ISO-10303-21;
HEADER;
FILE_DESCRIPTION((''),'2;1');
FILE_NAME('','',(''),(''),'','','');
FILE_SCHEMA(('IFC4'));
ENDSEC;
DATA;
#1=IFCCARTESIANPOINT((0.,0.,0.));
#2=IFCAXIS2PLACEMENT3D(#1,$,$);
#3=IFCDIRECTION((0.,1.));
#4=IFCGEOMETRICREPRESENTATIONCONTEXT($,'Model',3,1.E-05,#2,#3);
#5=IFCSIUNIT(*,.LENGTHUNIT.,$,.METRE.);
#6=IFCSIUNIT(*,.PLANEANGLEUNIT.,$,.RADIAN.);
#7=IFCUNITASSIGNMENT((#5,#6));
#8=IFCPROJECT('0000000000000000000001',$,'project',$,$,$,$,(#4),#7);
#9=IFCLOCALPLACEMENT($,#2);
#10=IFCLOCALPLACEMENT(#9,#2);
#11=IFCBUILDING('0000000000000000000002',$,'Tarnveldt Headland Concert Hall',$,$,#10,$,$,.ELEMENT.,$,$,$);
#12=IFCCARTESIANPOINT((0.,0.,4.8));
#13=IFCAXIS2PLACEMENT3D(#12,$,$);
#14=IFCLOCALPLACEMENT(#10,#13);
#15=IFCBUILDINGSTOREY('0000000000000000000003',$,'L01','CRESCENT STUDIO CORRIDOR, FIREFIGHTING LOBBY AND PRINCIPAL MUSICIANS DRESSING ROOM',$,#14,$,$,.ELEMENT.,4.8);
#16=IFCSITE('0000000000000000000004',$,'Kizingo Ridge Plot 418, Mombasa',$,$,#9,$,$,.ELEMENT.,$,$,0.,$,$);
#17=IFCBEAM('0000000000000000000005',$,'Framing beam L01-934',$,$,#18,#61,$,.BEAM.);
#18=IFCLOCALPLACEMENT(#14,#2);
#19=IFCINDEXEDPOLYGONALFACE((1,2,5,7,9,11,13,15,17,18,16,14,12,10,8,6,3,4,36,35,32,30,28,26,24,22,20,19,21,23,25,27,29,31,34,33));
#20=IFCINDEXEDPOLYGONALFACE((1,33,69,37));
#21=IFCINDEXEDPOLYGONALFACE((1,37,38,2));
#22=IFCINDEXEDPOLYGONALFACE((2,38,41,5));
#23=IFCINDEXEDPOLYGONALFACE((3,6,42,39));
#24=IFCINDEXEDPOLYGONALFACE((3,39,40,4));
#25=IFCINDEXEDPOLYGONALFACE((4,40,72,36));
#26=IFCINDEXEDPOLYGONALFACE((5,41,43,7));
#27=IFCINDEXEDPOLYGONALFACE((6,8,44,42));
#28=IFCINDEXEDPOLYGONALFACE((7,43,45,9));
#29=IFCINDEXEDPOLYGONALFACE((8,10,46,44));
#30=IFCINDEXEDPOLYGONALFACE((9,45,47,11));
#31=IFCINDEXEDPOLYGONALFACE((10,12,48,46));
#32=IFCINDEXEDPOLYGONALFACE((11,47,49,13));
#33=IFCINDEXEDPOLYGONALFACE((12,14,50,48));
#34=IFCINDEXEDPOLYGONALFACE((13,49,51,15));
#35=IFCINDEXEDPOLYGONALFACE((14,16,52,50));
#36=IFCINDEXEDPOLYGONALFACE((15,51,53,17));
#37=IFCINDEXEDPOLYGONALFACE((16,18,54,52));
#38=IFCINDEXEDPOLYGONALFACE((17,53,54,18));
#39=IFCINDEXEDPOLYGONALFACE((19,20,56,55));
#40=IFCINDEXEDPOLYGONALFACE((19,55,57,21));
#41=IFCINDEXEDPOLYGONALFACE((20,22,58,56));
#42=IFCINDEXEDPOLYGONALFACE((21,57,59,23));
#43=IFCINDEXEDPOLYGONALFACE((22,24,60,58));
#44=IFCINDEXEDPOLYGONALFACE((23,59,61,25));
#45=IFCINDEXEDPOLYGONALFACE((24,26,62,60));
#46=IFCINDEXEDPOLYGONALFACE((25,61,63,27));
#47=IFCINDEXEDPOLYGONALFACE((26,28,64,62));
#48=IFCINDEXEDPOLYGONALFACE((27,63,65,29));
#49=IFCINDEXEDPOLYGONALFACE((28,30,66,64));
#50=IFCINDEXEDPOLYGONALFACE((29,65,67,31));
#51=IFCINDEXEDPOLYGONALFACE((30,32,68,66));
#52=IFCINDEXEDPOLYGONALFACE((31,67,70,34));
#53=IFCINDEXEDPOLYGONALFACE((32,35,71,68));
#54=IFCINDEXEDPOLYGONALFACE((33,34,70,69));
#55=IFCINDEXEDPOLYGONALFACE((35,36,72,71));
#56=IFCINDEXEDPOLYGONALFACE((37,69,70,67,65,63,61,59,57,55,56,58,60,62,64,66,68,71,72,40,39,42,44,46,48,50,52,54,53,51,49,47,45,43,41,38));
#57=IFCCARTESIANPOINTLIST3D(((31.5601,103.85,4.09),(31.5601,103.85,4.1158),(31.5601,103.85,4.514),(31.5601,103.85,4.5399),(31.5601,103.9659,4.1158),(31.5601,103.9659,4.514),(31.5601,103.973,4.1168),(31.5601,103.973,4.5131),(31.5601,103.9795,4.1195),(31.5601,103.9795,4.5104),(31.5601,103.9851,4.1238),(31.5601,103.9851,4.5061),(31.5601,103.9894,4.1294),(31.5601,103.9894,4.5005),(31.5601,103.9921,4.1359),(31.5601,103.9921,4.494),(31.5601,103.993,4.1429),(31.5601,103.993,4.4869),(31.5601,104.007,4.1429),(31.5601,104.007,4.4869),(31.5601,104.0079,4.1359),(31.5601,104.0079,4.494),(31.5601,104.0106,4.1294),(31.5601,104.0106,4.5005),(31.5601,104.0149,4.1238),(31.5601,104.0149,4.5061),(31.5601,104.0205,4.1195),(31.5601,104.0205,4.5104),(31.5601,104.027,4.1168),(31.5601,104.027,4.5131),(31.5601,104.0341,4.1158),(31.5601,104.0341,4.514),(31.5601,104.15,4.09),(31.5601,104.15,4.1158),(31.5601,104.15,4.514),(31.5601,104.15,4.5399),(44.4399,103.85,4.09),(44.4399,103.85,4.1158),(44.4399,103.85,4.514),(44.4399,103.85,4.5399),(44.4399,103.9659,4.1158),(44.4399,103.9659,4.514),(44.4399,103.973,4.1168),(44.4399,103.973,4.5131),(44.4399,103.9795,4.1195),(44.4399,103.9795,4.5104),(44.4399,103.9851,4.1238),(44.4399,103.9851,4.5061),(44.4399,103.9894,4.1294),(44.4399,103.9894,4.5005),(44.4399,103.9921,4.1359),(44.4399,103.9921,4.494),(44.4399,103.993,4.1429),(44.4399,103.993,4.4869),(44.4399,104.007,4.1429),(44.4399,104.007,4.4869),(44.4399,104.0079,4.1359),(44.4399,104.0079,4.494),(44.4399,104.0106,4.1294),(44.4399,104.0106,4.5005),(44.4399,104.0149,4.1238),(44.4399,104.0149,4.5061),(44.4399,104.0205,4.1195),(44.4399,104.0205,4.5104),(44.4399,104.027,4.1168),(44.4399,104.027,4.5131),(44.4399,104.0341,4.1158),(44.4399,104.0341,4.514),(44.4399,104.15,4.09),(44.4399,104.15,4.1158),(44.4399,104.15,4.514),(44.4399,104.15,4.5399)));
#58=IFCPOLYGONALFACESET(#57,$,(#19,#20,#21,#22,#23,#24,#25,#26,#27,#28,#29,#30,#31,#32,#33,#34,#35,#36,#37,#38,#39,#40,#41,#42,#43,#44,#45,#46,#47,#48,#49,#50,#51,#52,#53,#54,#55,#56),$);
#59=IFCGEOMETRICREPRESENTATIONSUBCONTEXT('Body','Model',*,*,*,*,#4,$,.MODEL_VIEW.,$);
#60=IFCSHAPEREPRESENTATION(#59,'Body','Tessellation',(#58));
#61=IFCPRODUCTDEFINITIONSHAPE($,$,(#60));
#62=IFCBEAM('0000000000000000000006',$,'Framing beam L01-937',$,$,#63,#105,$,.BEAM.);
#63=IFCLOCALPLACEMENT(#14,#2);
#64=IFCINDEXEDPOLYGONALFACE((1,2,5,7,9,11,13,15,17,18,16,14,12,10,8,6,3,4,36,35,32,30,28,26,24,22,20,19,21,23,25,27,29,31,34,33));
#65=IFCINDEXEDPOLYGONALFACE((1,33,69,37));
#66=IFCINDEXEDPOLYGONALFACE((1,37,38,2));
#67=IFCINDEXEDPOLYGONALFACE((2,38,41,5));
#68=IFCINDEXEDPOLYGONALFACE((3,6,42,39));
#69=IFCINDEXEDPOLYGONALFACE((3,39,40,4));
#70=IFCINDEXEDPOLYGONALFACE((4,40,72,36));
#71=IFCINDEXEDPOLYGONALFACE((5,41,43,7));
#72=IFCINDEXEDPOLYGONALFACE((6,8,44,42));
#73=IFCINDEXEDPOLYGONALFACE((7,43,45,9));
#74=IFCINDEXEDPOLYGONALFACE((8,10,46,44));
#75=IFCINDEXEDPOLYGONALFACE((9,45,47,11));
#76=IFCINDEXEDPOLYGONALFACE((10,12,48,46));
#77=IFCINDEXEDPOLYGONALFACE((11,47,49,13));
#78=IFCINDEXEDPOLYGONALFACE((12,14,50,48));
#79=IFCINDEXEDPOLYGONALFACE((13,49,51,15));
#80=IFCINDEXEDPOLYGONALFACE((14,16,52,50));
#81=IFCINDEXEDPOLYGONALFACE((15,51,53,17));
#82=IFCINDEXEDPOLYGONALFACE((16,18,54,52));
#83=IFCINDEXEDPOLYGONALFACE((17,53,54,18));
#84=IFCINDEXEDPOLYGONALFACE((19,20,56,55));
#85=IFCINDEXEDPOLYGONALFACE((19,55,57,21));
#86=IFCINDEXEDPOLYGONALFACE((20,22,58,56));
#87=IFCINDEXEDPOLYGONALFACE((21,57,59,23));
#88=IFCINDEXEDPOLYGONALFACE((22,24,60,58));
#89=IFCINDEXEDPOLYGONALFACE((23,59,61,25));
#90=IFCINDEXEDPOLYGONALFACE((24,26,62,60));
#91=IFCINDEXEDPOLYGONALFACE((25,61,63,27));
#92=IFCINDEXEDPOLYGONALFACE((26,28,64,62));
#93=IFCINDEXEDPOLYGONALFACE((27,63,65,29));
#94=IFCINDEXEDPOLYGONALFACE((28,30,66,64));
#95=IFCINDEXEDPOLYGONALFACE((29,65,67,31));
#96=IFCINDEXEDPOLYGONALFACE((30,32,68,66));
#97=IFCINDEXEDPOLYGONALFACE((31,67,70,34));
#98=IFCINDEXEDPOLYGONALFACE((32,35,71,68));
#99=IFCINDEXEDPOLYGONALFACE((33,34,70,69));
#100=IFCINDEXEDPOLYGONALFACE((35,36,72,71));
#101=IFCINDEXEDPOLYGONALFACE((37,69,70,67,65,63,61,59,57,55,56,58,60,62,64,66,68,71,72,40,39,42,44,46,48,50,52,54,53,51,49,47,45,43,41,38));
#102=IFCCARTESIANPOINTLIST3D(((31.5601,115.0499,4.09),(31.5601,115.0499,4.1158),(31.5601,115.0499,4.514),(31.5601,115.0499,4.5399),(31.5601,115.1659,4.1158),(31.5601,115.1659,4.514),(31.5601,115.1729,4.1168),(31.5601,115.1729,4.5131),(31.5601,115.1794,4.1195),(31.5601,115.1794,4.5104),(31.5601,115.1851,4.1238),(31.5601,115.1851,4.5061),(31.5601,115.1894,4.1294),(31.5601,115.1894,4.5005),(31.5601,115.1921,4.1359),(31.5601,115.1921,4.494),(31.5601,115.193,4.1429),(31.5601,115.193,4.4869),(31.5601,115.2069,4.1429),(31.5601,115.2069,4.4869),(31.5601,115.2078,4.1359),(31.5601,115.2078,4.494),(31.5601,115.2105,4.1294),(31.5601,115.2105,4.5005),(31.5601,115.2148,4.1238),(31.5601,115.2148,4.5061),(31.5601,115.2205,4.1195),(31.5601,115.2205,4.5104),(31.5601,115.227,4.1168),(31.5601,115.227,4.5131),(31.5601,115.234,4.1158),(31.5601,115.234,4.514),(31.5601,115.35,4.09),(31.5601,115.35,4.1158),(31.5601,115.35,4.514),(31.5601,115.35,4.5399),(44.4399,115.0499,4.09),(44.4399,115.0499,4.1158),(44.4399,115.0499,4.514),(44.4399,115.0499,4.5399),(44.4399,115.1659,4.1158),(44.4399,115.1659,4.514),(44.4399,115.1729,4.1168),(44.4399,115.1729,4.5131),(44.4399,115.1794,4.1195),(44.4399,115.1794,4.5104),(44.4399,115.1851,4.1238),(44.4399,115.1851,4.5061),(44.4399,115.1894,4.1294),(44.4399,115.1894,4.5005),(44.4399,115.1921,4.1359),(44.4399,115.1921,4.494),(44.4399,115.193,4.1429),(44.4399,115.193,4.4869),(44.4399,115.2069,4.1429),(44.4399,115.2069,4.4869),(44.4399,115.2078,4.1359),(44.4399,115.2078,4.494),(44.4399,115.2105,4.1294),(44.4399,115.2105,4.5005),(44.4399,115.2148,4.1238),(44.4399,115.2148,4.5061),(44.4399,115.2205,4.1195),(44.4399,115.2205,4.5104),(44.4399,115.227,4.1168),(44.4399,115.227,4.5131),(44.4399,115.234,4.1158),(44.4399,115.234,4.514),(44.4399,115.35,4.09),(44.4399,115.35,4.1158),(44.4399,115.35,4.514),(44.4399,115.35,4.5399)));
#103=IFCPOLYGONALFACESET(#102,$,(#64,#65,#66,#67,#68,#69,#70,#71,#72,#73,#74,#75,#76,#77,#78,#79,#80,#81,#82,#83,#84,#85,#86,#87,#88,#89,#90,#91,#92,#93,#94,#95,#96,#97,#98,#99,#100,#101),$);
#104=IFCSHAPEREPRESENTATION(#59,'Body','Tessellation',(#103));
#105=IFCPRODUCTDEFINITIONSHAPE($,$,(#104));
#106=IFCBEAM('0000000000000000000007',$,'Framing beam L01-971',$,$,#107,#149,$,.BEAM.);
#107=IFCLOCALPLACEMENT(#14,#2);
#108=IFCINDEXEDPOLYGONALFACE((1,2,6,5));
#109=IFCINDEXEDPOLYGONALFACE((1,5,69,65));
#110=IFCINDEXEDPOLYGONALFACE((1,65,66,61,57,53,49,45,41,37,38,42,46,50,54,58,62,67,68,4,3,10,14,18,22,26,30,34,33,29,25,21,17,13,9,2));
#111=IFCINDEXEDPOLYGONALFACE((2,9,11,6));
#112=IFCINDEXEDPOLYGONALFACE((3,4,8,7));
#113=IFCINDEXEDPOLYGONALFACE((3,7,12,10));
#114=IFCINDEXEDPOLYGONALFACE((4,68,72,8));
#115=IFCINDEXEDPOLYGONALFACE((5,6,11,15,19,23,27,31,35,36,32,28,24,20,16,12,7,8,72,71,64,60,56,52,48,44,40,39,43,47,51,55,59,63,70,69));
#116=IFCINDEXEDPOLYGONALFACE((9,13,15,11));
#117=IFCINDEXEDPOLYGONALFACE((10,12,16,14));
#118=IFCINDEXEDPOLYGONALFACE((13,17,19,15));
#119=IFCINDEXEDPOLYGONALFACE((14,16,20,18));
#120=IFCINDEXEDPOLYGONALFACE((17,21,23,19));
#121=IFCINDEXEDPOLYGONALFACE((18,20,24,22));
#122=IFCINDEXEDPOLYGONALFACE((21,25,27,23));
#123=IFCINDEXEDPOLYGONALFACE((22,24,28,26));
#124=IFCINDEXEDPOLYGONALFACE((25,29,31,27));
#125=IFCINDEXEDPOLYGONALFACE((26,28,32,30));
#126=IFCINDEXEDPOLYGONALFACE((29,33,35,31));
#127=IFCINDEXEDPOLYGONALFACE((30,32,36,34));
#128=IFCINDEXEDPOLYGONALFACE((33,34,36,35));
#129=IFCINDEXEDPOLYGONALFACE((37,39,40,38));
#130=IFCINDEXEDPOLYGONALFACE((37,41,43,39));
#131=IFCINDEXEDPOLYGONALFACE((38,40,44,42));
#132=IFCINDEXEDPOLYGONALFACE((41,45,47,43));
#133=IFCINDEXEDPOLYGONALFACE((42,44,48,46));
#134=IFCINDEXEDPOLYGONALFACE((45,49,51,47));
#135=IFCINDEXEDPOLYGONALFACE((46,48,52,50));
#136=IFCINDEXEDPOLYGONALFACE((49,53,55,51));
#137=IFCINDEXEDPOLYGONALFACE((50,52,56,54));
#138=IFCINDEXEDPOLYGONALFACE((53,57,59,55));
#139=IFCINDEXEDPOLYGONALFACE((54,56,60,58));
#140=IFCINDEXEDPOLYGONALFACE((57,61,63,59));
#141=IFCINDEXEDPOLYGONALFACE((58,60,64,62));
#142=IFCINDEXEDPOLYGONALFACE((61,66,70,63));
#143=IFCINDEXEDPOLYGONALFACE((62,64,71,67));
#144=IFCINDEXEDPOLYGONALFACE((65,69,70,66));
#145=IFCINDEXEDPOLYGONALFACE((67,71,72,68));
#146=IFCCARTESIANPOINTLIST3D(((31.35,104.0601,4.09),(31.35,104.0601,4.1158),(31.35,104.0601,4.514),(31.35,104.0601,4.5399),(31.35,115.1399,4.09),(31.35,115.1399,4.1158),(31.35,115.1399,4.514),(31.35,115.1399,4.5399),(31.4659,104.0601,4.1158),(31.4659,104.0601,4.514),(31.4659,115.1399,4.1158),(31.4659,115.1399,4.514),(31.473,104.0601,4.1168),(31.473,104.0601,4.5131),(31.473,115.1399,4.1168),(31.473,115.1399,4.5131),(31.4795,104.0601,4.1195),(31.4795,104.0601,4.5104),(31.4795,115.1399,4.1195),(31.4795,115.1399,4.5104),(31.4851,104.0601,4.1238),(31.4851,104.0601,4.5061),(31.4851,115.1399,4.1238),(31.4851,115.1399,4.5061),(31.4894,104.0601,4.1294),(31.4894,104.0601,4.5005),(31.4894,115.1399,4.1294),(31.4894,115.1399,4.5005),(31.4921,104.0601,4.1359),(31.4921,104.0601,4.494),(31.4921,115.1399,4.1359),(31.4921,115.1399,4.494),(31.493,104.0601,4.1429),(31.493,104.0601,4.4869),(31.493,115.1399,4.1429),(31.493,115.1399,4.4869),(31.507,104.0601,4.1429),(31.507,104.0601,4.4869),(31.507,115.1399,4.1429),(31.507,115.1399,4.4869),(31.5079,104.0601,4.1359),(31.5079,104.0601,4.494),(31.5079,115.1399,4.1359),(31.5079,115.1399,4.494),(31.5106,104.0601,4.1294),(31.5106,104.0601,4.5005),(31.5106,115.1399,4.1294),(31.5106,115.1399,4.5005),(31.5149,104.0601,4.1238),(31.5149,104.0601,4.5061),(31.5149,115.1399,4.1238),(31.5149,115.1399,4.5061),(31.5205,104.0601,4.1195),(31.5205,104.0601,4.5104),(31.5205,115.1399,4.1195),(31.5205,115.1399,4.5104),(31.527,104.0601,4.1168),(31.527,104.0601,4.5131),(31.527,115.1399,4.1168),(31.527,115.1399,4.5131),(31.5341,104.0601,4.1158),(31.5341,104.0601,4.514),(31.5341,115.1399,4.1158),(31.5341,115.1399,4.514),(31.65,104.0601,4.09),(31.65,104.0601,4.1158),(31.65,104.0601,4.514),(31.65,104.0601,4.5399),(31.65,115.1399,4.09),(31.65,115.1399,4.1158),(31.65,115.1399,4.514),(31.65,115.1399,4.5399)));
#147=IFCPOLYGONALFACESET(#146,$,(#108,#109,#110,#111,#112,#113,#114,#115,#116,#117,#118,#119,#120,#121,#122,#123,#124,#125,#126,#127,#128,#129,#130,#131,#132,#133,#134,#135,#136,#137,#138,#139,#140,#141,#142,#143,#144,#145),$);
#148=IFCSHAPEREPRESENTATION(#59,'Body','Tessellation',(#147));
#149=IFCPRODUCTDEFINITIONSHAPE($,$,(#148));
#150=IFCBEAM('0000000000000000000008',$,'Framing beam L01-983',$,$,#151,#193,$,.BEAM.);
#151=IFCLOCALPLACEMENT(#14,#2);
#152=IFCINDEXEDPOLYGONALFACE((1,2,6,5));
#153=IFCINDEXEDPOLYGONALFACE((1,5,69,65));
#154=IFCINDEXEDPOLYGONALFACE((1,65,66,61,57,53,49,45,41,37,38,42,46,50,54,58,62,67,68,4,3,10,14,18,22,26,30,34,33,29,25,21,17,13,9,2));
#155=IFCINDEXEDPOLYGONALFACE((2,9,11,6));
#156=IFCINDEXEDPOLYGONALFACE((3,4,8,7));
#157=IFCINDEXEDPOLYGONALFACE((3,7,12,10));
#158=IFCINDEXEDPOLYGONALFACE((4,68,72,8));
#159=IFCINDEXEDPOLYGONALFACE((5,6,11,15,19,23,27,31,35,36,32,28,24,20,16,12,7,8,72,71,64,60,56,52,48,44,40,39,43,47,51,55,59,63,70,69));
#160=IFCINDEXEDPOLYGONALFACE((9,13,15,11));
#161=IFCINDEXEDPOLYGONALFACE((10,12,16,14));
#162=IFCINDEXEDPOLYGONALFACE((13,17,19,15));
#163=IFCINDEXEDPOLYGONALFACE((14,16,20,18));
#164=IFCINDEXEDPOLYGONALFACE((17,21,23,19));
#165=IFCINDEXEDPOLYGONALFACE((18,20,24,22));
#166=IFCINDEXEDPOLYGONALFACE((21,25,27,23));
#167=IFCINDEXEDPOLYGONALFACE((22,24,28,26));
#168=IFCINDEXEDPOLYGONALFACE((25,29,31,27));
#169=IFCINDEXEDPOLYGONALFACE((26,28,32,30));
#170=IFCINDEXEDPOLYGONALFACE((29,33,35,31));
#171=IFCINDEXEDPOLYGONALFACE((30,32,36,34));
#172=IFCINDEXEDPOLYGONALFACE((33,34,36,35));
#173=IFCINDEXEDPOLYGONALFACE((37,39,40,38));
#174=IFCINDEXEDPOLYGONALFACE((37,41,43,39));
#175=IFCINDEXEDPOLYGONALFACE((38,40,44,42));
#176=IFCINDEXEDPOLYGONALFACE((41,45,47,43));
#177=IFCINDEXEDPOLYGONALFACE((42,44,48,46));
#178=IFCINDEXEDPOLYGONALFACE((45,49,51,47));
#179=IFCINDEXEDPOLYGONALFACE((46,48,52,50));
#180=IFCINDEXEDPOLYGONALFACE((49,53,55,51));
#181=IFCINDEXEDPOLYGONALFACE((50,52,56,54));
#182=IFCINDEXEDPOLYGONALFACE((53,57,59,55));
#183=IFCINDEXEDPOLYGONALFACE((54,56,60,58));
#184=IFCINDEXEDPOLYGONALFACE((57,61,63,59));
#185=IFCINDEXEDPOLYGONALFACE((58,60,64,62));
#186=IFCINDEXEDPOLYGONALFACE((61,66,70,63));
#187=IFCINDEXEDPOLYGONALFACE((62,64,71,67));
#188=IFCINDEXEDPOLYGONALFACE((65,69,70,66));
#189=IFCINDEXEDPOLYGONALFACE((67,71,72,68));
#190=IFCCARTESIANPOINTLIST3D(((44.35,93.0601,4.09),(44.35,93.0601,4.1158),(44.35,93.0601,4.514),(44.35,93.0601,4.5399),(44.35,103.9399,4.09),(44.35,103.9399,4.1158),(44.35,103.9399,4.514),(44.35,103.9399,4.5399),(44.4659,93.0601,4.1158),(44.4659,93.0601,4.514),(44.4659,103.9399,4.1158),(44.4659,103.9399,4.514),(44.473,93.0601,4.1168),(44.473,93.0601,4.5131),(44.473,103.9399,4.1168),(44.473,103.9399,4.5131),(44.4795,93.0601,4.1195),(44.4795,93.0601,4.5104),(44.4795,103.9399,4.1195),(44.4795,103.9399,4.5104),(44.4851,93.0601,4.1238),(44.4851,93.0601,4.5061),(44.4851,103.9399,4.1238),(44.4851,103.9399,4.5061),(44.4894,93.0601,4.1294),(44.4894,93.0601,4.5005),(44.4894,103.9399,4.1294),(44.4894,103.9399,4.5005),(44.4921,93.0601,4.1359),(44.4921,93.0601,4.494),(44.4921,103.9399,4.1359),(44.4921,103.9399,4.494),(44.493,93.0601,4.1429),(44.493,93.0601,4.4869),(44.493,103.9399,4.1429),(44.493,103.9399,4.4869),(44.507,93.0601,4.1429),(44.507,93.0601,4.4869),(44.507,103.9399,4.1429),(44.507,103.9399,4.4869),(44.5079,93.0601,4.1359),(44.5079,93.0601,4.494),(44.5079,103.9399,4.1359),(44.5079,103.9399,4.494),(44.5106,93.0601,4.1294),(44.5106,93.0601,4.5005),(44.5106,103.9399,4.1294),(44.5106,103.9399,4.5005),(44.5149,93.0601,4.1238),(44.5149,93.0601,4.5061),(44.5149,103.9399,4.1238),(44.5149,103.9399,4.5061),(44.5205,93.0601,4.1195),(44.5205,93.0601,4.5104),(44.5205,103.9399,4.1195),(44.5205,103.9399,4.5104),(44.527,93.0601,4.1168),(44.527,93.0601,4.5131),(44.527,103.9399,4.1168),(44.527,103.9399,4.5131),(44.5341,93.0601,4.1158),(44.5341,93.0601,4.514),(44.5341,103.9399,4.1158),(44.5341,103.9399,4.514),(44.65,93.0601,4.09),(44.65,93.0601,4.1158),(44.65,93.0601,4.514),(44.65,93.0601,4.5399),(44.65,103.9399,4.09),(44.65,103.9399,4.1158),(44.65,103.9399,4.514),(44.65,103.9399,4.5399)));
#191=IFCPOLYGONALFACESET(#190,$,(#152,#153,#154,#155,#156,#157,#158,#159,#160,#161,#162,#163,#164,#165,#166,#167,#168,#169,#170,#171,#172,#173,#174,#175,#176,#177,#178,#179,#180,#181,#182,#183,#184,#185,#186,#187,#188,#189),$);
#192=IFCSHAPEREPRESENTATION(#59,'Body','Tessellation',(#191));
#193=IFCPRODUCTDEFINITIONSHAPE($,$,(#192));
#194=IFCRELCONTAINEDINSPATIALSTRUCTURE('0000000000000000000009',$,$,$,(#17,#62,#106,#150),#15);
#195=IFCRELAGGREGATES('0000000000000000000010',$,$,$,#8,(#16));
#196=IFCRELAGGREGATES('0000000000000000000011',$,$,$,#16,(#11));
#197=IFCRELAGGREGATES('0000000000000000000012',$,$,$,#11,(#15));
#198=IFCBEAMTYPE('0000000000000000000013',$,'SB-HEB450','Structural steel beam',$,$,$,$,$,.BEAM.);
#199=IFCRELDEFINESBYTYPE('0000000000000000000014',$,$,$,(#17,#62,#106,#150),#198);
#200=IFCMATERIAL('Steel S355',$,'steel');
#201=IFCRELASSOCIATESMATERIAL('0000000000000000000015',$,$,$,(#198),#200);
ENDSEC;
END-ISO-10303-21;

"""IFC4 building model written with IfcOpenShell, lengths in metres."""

from ifc_helpers import new_model, si_unit, direction, frame, origin, origin_2d, place, context, subcontext, project, spatial, i_section, extrude, material, material_profile, profile_set, type_object, element, save


model = new_model("IFC4")

# Units and contexts
model_context = context("Model", 3, precision=1e-05, world=origin(), true_north=direction((0.0, 1.0)))
body_context = subcontext(model_context, "Body", "Model", "MODEL_VIEW")
ifc_project = project(units=[si_unit("LENGTHUNIT", "METRE"), si_unit("PLANEANGLEUNIT", "RADIAN")], contexts=[model_context])

# Site, building, storey
site_placement = place(None, origin())
site = spatial("IfcSite", under=ifc_project, at=site_placement, Name="Kizingo Ridge Plot 418, Mombasa", CompositionType="ELEMENT", RefElevation=0.0)
building_placement = place(site_placement, origin())
building = spatial("IfcBuilding", under=site, at=building_placement, Name="Tarnveldt Headland Concert Hall", CompositionType="ELEMENT")
storey_placement = place(building_placement, frame((0.0, 0.0, 4.8)))
storey = spatial("IfcBuildingStorey", under=building, at=storey_placement, Name="L01", Description="CRESCENT STUDIO CORRIDOR, FIREFIGHTING LOBBY AND PRINCIPAL MUSICIANS DRESSING ROOM", CompositionType="ELEMENT", Elevation=4.8)

# Shared definitions
ifc_material_1 = material(Name="Steel S355", Category="steel")

# Beams
ifc_material_profile_1 = material_profile(ifc_material_1, i_section(OverallWidth=0.3, OverallDepth=0.45, WebThickness=0.0139, FlangeThickness=0.0259, FilletRadius=0.0271, at=origin_2d()), Name="HEB450", Category="steel")
ifc_profile_set_1 = profile_set([ifc_material_profile_1], Name="Steel S355")
beam_type_1 = type_object("IfcBeamType", Name="SB-HEB450", Description="Structural steel beam", PredefinedType="BEAM", material=ifc_profile_set_1)
for number, where, z_axis, x_axis, name in (
    (1, (31.5601, 104.0, 4.3149), (1.0, 0.0, 0.0), (0.0, 1.0, 0.0), "Framing beam L01-934"),
    (2, (31.5601, 115.2, 4.3149), (1.0, 0.0, 0.0), (0.0, 1.0, 0.0), "Framing beam L01-937"),
):
    element("IfcBeam", number, at=place(storey_placement, frame(where, z_axis=z_axis, x_axis=x_axis)), inside=storey, type_object=beam_type_1, Name=name, PredefinedType="BEAM", context=body_context, shape_type="SweptSolid", body=[
        extrude(i_section(OverallWidth=0.3, OverallDepth=0.45, WebThickness=0.0139, FlangeThickness=0.0259, FilletRadius=0.0271, at=origin_2d()), origin(), (0.0, 0.0, 1.0), 12.8799),
    ])
beam_1_placement = place(storey_placement, frame((31.5, 104.0601, 4.3149), z_axis=(0.0, 1.0, 0.0), x_axis=(-1.0, 0.0, 0.0)))
element("IfcBeam", 3, at=beam_1_placement, inside=storey, type_object=beam_type_1, Name="Framing beam L01-971", PredefinedType="BEAM", context=body_context, shape_type="SweptSolid", body=[
    extrude(i_section(OverallWidth=0.3, OverallDepth=0.45, WebThickness=0.0139, FlangeThickness=0.0259, FilletRadius=0.0271, at=origin_2d()), origin(), (0.0, 0.0, 1.0), 11.0798),
])
beam_2_placement = place(storey_placement, frame((44.5, 93.0601, 4.3149), z_axis=(0.0, 1.0, 0.0), x_axis=(-1.0, 0.0, 0.0)))
element("IfcBeam", 4, at=beam_2_placement, inside=storey, type_object=beam_type_1, Name="Framing beam L01-983", PredefinedType="BEAM", context=body_context, shape_type="SweptSolid", body=[
    extrude(i_section(OverallWidth=0.3, OverallDepth=0.45, WebThickness=0.0139, FlangeThickness=0.0259, FilletRadius=0.0271, at=origin_2d()), origin(), (0.0, 0.0, 1.0), 10.8799),
])

save(model, "model.ifc")
